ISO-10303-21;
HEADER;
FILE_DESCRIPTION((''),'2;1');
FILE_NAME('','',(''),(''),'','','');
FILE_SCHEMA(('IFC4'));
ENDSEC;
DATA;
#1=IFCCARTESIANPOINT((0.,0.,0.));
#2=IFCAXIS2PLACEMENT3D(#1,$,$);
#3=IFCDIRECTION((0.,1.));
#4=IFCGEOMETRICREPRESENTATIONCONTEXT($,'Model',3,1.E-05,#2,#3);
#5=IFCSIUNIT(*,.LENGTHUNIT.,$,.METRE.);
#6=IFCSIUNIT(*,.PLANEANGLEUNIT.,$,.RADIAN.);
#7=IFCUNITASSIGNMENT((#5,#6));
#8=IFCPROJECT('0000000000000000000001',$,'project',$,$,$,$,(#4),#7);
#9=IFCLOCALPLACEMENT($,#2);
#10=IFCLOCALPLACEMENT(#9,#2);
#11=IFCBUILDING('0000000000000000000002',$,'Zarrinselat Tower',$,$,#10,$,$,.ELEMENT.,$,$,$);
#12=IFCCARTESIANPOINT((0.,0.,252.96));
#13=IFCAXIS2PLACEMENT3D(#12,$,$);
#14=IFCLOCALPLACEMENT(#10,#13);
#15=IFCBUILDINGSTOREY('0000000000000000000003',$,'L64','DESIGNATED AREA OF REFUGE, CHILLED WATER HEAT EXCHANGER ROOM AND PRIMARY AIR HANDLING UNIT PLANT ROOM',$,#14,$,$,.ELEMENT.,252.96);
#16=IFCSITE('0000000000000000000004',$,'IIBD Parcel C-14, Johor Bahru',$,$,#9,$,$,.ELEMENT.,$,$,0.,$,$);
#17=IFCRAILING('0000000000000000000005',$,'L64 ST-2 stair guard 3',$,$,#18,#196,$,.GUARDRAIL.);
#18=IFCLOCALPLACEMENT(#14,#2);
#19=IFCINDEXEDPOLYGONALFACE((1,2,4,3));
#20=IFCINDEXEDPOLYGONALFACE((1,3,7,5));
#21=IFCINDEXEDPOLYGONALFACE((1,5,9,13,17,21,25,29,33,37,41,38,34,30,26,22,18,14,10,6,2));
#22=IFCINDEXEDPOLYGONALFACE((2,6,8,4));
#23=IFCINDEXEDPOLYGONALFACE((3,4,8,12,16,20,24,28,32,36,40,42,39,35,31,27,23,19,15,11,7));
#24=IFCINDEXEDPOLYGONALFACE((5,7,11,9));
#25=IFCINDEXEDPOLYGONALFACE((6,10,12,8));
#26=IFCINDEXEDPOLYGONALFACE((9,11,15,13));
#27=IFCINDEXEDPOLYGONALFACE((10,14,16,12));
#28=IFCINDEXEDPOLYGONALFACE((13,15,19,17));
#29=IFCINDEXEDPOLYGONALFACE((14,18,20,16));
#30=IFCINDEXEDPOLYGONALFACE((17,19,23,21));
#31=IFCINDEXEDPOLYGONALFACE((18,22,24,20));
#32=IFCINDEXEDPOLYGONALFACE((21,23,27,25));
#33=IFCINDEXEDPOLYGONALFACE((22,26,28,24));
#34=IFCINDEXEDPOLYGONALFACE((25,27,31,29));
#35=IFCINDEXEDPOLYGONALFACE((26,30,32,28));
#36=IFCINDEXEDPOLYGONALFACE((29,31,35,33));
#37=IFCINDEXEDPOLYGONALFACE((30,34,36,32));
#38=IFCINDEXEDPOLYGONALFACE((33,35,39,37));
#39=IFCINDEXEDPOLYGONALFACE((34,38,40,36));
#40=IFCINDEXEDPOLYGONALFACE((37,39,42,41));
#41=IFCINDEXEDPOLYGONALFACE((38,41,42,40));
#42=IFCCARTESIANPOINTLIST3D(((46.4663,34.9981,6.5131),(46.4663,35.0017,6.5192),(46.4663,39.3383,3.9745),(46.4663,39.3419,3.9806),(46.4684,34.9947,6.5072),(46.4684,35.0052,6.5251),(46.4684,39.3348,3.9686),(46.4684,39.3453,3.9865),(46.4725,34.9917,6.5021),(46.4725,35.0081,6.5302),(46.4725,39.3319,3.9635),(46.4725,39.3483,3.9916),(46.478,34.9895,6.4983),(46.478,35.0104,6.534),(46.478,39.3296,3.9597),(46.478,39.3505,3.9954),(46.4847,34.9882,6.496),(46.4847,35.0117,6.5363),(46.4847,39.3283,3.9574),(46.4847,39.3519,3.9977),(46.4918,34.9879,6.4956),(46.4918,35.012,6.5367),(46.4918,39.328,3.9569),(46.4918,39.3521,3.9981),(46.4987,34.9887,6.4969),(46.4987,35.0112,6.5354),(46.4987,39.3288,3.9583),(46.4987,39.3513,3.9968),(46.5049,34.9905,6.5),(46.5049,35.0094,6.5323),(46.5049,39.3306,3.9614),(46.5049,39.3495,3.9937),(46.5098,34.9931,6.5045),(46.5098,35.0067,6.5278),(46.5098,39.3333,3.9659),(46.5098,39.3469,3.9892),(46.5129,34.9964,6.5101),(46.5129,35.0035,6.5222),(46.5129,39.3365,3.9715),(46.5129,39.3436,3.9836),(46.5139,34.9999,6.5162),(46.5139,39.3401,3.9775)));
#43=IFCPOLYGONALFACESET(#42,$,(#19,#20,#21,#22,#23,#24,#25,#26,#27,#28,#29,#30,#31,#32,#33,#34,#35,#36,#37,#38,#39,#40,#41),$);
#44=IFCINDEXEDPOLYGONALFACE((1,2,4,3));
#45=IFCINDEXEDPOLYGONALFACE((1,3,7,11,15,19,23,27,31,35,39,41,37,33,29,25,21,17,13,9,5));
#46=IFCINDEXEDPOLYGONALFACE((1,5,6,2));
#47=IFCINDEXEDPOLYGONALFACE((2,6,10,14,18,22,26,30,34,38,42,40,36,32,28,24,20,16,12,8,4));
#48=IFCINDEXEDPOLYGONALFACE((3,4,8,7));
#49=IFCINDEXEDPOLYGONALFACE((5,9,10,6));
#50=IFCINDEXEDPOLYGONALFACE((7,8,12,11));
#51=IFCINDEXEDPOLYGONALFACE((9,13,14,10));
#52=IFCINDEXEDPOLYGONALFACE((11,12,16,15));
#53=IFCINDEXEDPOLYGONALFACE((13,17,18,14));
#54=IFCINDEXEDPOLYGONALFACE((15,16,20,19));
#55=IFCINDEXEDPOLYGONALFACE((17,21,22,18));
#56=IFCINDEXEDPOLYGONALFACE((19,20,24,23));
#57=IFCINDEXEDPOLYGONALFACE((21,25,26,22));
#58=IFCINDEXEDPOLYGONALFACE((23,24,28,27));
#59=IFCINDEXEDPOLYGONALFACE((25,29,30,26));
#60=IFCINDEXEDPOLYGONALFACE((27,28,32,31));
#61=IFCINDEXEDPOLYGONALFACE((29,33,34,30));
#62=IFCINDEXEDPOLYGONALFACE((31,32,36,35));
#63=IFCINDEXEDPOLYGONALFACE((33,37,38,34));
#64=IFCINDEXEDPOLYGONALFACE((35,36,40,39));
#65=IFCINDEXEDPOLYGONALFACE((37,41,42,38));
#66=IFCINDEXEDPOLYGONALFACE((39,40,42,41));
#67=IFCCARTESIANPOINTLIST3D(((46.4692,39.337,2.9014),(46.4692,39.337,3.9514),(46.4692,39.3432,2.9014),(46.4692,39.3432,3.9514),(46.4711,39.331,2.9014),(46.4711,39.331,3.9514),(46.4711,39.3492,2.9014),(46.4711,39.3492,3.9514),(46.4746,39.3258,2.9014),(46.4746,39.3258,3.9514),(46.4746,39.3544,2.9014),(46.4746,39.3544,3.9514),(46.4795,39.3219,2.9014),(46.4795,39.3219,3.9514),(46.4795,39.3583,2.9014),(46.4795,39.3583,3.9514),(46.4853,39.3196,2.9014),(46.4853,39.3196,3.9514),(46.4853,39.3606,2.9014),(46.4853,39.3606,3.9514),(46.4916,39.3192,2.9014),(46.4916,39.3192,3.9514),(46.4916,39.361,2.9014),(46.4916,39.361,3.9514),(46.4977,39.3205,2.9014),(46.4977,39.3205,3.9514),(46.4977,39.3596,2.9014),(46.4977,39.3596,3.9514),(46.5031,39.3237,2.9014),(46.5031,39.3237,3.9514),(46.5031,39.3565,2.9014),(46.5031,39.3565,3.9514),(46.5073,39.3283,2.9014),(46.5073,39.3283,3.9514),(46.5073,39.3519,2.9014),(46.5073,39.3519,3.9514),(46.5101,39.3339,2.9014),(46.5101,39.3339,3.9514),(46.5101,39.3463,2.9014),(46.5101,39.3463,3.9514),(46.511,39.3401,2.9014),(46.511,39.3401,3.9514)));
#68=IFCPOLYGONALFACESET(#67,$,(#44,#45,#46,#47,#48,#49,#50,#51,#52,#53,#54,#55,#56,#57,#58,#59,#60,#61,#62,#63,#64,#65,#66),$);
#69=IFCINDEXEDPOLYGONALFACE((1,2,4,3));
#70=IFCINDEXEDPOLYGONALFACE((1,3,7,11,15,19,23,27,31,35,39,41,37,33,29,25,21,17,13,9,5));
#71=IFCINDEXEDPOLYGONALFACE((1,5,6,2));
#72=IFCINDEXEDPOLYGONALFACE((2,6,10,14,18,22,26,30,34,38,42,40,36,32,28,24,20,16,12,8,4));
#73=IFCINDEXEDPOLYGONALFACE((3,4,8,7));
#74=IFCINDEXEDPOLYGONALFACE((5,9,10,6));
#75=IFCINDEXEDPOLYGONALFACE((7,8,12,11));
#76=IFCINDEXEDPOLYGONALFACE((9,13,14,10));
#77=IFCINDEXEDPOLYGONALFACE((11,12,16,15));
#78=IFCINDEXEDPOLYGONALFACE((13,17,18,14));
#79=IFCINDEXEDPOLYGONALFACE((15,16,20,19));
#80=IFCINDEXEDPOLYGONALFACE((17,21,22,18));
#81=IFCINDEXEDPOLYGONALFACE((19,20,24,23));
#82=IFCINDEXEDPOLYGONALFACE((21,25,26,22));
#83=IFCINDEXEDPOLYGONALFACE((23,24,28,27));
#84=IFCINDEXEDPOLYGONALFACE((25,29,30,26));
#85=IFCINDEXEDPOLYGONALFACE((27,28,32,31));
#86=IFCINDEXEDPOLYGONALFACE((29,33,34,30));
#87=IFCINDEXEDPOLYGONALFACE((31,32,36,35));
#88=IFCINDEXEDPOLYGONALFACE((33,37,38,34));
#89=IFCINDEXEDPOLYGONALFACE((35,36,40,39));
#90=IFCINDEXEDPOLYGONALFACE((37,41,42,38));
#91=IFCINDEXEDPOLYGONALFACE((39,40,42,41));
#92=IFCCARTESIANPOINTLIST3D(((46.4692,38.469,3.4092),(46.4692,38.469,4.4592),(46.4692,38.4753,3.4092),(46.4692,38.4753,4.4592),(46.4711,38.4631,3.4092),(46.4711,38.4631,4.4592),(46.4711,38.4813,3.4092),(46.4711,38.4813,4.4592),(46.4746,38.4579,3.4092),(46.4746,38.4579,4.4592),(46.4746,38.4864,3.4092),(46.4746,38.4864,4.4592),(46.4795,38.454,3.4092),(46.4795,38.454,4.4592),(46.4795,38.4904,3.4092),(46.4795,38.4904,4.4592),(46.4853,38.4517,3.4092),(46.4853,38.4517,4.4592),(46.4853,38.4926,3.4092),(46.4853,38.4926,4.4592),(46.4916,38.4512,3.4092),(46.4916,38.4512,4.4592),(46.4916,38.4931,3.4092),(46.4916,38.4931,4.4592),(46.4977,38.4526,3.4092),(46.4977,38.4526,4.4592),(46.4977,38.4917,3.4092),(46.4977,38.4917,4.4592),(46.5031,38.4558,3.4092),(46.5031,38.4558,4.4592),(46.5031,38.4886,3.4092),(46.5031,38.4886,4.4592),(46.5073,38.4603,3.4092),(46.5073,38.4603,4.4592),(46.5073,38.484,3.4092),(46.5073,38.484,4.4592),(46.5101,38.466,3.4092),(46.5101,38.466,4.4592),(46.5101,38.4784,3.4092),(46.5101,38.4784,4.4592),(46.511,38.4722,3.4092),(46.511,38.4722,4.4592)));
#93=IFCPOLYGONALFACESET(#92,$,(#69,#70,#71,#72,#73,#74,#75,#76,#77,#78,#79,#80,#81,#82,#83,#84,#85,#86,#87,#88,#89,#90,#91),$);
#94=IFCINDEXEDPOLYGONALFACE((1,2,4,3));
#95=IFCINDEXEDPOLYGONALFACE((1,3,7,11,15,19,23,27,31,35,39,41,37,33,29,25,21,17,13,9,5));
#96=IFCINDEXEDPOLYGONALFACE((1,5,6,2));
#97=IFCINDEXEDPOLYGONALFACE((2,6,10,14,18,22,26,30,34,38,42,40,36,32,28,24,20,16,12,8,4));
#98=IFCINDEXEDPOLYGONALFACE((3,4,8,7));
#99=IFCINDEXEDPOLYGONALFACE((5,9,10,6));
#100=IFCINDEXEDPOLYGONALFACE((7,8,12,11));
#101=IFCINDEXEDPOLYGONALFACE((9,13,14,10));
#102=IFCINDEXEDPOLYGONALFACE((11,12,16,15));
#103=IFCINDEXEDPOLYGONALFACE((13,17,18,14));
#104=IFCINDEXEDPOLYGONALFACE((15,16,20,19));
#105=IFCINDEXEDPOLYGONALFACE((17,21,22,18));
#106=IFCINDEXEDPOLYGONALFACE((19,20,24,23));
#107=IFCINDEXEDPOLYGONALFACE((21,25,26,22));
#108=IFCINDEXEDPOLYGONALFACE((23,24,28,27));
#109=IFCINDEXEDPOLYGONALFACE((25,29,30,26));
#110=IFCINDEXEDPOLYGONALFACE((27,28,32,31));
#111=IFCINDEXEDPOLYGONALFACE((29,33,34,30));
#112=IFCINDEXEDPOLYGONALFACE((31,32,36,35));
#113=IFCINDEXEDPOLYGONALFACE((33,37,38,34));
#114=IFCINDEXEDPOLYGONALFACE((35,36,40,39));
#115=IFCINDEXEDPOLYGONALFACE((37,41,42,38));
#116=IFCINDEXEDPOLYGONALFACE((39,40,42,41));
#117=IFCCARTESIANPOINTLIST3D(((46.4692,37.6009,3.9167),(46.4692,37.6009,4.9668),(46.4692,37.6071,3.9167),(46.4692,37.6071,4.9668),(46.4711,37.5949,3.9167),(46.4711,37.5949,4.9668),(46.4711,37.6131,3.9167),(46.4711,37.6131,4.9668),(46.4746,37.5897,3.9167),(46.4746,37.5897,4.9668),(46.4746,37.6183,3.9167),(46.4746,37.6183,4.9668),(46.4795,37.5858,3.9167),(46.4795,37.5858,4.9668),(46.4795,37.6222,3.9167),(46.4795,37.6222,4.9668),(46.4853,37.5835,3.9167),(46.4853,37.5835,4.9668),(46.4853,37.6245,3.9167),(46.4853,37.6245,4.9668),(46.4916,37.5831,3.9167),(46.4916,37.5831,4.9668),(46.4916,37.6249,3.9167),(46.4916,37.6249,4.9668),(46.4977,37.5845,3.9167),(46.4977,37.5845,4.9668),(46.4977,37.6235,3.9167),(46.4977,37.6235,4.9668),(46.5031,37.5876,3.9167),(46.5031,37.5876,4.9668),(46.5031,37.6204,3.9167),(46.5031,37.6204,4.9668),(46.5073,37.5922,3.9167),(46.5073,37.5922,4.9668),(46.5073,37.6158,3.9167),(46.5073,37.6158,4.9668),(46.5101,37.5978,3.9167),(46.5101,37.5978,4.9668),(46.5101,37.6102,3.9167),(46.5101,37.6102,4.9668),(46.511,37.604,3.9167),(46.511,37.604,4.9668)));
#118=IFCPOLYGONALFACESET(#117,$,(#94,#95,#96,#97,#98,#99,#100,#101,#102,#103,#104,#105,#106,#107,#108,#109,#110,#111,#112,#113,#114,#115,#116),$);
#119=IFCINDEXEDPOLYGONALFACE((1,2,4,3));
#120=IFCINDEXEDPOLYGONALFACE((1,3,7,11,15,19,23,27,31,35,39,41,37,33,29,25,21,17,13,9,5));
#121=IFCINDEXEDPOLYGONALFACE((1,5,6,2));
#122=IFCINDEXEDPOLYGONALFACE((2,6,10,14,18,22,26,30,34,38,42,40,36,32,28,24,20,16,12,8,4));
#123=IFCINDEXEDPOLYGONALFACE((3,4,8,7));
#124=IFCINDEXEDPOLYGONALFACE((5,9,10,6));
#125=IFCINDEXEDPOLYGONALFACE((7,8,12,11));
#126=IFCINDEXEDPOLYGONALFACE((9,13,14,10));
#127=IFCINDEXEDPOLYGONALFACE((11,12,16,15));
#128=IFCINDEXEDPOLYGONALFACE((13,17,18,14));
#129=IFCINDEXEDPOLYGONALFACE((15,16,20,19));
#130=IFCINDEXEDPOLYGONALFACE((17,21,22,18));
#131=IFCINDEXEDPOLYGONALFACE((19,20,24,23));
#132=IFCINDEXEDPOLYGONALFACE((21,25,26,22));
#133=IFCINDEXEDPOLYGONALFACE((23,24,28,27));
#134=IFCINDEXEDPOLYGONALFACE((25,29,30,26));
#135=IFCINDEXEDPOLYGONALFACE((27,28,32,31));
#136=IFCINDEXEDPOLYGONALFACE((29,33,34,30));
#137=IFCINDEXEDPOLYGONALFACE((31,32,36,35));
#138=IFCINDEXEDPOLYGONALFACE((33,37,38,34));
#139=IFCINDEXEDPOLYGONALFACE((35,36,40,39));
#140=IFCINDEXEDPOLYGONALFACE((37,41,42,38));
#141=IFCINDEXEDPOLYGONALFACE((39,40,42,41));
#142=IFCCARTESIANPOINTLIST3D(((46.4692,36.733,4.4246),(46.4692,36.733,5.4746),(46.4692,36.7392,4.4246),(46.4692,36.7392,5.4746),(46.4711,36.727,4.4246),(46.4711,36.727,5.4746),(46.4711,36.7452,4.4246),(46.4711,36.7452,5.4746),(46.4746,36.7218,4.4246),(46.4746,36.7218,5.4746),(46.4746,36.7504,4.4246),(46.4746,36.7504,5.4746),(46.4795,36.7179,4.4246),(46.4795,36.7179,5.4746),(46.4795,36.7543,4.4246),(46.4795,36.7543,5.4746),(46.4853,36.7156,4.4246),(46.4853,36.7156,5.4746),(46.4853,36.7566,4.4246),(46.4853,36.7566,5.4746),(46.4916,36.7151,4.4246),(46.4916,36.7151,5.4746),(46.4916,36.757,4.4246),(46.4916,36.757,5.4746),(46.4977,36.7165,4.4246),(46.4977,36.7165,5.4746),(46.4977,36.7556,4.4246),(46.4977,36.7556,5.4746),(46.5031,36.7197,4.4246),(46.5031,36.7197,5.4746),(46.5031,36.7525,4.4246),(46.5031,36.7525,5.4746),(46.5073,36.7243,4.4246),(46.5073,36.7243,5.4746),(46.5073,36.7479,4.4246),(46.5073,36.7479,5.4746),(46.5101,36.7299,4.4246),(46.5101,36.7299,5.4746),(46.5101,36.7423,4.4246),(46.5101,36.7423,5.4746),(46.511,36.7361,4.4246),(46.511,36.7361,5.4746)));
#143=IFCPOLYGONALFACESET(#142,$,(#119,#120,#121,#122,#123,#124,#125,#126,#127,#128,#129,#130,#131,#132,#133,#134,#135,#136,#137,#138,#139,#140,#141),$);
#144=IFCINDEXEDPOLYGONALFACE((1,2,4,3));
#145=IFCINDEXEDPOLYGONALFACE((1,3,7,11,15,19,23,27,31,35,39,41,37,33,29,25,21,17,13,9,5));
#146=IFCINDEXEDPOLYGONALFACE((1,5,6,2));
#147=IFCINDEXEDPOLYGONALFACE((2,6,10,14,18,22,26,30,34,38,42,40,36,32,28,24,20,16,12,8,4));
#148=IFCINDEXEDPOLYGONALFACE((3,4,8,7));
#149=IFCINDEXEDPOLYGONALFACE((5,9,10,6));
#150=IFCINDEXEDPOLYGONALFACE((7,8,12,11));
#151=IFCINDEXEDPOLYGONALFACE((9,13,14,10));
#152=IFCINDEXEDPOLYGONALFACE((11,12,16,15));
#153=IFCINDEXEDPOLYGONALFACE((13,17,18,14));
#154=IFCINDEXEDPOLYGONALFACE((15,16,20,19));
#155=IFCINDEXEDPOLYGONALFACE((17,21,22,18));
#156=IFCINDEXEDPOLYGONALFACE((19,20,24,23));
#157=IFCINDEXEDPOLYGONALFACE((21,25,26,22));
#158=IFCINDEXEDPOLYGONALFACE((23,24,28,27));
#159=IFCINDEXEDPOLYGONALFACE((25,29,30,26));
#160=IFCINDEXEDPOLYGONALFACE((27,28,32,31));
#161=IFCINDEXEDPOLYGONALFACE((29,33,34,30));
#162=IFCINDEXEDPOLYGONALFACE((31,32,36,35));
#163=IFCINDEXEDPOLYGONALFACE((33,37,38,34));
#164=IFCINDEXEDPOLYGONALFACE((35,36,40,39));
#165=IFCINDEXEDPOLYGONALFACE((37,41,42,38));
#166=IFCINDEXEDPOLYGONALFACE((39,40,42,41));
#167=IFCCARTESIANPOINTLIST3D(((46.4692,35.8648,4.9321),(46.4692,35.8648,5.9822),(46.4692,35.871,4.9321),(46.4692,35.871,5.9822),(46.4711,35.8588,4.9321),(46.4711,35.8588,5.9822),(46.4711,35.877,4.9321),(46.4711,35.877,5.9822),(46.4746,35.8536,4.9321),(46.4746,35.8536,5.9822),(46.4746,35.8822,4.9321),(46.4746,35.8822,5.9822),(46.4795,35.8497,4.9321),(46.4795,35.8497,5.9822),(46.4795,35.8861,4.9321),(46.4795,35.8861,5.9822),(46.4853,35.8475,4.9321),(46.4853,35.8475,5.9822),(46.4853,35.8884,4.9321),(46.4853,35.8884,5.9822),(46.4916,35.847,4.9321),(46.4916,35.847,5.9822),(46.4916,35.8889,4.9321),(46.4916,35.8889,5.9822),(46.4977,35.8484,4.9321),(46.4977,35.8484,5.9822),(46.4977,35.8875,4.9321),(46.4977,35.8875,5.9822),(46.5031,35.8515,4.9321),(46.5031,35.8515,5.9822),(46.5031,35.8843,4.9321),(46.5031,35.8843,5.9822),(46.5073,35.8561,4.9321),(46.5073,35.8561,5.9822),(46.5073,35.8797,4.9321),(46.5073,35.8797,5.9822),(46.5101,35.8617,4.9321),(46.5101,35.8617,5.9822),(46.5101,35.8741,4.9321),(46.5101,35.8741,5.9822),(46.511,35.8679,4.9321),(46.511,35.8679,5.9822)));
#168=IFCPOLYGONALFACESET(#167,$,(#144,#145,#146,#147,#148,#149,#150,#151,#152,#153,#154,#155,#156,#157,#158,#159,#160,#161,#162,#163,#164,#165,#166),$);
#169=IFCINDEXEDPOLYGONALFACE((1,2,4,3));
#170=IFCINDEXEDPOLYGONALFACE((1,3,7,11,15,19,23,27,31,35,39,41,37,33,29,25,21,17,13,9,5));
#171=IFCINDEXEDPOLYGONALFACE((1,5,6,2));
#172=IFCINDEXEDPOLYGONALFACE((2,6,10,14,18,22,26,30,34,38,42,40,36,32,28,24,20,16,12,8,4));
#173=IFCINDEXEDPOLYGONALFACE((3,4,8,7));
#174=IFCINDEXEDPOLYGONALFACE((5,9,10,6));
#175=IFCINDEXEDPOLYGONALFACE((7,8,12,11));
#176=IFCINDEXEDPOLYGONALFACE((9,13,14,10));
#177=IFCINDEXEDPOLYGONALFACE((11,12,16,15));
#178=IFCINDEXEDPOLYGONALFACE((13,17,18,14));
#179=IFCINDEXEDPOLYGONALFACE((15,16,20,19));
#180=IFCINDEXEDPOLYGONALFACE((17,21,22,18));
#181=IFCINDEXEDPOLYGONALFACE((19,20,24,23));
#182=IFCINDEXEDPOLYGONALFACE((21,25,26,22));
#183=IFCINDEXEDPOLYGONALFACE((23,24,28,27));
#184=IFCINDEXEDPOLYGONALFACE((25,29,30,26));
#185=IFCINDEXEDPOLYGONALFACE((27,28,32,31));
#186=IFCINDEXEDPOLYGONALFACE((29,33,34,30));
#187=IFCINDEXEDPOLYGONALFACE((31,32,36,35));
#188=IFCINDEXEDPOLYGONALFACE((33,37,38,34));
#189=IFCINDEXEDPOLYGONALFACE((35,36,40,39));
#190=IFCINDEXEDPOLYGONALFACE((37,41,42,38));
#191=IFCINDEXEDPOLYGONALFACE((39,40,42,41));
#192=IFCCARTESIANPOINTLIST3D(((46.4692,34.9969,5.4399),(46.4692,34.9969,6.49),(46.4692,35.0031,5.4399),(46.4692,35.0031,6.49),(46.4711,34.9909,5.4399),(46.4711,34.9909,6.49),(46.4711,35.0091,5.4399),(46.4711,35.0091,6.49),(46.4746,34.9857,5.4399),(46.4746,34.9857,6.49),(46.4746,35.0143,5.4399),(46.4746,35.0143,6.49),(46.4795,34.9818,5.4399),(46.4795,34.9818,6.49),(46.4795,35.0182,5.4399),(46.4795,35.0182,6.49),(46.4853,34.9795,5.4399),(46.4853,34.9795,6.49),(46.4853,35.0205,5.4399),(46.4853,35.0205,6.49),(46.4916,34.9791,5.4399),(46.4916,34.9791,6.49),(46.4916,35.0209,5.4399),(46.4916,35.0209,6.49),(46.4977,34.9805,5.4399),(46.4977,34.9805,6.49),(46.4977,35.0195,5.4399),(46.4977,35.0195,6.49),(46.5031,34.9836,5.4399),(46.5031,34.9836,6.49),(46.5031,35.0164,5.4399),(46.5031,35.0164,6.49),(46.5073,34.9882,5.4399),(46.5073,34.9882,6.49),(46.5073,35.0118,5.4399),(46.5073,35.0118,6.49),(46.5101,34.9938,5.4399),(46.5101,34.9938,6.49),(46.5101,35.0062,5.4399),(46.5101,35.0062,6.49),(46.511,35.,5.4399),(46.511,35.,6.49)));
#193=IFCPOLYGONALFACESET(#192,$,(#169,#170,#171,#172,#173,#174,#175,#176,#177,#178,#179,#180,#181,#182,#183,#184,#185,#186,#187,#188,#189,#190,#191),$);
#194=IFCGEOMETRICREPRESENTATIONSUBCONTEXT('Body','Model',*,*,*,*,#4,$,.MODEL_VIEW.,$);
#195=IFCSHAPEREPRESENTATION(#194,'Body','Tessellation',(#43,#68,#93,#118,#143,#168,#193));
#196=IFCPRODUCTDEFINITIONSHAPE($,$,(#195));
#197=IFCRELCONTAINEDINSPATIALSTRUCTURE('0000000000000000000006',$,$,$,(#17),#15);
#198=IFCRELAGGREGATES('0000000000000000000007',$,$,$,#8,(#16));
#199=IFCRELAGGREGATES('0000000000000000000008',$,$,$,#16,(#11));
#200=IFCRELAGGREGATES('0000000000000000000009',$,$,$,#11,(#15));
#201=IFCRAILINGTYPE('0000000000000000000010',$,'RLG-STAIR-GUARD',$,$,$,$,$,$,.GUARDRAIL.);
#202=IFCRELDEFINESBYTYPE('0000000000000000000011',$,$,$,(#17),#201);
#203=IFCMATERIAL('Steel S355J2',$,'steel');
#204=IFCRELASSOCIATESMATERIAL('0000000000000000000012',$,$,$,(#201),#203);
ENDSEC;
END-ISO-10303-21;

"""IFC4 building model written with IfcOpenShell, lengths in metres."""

from ifc_helpers import new_model, si_unit, direction, frame, origin, origin_2d, place, context, subcontext, project, spatial, circle, extrude, material, type_object, element, save


model = new_model("IFC4")

# Units and contexts
model_context = context("Model", 3, precision=1e-05, world=origin(), true_north=direction((0.0, 1.0)))
body_context = subcontext(model_context, "Body", "Model", "MODEL_VIEW")
ifc_project = project(units=[si_unit("LENGTHUNIT", "METRE"), si_unit("PLANEANGLEUNIT", "RADIAN")], contexts=[model_context])

# Site, building, storey
site_placement = place(None, origin())
site = spatial("IfcSite", under=ifc_project, at=site_placement, Name="IIBD Parcel C-14, Johor Bahru", CompositionType="ELEMENT", RefElevation=0.0)
building_placement = place(site_placement, origin())
building = spatial("IfcBuilding", under=site, at=building_placement, Name="Zarrinselat Tower", CompositionType="ELEMENT")
storey_placement = place(building_placement, frame((0.0, 0.0, 252.96)))
storey = spatial("IfcBuildingStorey", under=building, at=storey_placement, Name="L64", Description="DESIGNATED AREA OF REFUGE, CHILLED WATER HEAT EXCHANGER ROOM AND PRIMARY AIR HANDLING UNIT PLANT ROOM", CompositionType="ELEMENT", Elevation=252.96)

# Railing
ifc_material_1 = material(Name="Steel S355J2", Category="steel")
railing_type_1 = type_object("IfcRailingType", Name="RLG-STAIR-GUARD", PredefinedType="GUARDRAIL", material=ifc_material_1)
railing_1_placement = place(storey_placement, frame((46.49, 39.3401, 2.9014)))
element("IfcRailing", 1, at=railing_1_placement, inside=storey, type_object=railing_type_1, Name="L64 ST-2 stair guard 3", PredefinedType="GUARDRAIL", context=body_context, shape_type="SweptSolid", body=[
    extrude(circle(Radius=0.0239, at=origin_2d()), frame((0.0, 0.0, 1.0762), z_axis=(0.0, -0.863185, 0.504888), x_axis=(1.0, 0.0, 0.0)), (0.0, 0.0, 1.0), 5.0281),
    extrude(circle(Radius=0.021, at=origin_2d()), origin(), (0.0, 0.0, 1.0), 1.05),
    extrude(circle(Radius=0.021, at=origin_2d()), frame((0.0, -0.8679, 0.5078)), (0.0, 0.0, 1.0), 1.05),
    extrude(circle(Radius=0.021, at=origin_2d()), frame((0.0, -1.7361, 1.0154)), (0.0, 0.0, 1.0), 1.05),
    extrude(circle(Radius=0.021, at=origin_2d()), frame((0.0, -2.604, 1.5232)), (0.0, 0.0, 1.0), 1.05),
    extrude(circle(Radius=0.021, at=origin_2d()), frame((0.0, -3.4722, 2.0308)), (0.0, 0.0, 1.0), 1.05),
    extrude(circle(Radius=0.021, at=origin_2d()), frame((0.0, -4.3401, 2.5386)), (0.0, 0.0, 1.0), 1.05),
])

save(model, "model.ifc")
